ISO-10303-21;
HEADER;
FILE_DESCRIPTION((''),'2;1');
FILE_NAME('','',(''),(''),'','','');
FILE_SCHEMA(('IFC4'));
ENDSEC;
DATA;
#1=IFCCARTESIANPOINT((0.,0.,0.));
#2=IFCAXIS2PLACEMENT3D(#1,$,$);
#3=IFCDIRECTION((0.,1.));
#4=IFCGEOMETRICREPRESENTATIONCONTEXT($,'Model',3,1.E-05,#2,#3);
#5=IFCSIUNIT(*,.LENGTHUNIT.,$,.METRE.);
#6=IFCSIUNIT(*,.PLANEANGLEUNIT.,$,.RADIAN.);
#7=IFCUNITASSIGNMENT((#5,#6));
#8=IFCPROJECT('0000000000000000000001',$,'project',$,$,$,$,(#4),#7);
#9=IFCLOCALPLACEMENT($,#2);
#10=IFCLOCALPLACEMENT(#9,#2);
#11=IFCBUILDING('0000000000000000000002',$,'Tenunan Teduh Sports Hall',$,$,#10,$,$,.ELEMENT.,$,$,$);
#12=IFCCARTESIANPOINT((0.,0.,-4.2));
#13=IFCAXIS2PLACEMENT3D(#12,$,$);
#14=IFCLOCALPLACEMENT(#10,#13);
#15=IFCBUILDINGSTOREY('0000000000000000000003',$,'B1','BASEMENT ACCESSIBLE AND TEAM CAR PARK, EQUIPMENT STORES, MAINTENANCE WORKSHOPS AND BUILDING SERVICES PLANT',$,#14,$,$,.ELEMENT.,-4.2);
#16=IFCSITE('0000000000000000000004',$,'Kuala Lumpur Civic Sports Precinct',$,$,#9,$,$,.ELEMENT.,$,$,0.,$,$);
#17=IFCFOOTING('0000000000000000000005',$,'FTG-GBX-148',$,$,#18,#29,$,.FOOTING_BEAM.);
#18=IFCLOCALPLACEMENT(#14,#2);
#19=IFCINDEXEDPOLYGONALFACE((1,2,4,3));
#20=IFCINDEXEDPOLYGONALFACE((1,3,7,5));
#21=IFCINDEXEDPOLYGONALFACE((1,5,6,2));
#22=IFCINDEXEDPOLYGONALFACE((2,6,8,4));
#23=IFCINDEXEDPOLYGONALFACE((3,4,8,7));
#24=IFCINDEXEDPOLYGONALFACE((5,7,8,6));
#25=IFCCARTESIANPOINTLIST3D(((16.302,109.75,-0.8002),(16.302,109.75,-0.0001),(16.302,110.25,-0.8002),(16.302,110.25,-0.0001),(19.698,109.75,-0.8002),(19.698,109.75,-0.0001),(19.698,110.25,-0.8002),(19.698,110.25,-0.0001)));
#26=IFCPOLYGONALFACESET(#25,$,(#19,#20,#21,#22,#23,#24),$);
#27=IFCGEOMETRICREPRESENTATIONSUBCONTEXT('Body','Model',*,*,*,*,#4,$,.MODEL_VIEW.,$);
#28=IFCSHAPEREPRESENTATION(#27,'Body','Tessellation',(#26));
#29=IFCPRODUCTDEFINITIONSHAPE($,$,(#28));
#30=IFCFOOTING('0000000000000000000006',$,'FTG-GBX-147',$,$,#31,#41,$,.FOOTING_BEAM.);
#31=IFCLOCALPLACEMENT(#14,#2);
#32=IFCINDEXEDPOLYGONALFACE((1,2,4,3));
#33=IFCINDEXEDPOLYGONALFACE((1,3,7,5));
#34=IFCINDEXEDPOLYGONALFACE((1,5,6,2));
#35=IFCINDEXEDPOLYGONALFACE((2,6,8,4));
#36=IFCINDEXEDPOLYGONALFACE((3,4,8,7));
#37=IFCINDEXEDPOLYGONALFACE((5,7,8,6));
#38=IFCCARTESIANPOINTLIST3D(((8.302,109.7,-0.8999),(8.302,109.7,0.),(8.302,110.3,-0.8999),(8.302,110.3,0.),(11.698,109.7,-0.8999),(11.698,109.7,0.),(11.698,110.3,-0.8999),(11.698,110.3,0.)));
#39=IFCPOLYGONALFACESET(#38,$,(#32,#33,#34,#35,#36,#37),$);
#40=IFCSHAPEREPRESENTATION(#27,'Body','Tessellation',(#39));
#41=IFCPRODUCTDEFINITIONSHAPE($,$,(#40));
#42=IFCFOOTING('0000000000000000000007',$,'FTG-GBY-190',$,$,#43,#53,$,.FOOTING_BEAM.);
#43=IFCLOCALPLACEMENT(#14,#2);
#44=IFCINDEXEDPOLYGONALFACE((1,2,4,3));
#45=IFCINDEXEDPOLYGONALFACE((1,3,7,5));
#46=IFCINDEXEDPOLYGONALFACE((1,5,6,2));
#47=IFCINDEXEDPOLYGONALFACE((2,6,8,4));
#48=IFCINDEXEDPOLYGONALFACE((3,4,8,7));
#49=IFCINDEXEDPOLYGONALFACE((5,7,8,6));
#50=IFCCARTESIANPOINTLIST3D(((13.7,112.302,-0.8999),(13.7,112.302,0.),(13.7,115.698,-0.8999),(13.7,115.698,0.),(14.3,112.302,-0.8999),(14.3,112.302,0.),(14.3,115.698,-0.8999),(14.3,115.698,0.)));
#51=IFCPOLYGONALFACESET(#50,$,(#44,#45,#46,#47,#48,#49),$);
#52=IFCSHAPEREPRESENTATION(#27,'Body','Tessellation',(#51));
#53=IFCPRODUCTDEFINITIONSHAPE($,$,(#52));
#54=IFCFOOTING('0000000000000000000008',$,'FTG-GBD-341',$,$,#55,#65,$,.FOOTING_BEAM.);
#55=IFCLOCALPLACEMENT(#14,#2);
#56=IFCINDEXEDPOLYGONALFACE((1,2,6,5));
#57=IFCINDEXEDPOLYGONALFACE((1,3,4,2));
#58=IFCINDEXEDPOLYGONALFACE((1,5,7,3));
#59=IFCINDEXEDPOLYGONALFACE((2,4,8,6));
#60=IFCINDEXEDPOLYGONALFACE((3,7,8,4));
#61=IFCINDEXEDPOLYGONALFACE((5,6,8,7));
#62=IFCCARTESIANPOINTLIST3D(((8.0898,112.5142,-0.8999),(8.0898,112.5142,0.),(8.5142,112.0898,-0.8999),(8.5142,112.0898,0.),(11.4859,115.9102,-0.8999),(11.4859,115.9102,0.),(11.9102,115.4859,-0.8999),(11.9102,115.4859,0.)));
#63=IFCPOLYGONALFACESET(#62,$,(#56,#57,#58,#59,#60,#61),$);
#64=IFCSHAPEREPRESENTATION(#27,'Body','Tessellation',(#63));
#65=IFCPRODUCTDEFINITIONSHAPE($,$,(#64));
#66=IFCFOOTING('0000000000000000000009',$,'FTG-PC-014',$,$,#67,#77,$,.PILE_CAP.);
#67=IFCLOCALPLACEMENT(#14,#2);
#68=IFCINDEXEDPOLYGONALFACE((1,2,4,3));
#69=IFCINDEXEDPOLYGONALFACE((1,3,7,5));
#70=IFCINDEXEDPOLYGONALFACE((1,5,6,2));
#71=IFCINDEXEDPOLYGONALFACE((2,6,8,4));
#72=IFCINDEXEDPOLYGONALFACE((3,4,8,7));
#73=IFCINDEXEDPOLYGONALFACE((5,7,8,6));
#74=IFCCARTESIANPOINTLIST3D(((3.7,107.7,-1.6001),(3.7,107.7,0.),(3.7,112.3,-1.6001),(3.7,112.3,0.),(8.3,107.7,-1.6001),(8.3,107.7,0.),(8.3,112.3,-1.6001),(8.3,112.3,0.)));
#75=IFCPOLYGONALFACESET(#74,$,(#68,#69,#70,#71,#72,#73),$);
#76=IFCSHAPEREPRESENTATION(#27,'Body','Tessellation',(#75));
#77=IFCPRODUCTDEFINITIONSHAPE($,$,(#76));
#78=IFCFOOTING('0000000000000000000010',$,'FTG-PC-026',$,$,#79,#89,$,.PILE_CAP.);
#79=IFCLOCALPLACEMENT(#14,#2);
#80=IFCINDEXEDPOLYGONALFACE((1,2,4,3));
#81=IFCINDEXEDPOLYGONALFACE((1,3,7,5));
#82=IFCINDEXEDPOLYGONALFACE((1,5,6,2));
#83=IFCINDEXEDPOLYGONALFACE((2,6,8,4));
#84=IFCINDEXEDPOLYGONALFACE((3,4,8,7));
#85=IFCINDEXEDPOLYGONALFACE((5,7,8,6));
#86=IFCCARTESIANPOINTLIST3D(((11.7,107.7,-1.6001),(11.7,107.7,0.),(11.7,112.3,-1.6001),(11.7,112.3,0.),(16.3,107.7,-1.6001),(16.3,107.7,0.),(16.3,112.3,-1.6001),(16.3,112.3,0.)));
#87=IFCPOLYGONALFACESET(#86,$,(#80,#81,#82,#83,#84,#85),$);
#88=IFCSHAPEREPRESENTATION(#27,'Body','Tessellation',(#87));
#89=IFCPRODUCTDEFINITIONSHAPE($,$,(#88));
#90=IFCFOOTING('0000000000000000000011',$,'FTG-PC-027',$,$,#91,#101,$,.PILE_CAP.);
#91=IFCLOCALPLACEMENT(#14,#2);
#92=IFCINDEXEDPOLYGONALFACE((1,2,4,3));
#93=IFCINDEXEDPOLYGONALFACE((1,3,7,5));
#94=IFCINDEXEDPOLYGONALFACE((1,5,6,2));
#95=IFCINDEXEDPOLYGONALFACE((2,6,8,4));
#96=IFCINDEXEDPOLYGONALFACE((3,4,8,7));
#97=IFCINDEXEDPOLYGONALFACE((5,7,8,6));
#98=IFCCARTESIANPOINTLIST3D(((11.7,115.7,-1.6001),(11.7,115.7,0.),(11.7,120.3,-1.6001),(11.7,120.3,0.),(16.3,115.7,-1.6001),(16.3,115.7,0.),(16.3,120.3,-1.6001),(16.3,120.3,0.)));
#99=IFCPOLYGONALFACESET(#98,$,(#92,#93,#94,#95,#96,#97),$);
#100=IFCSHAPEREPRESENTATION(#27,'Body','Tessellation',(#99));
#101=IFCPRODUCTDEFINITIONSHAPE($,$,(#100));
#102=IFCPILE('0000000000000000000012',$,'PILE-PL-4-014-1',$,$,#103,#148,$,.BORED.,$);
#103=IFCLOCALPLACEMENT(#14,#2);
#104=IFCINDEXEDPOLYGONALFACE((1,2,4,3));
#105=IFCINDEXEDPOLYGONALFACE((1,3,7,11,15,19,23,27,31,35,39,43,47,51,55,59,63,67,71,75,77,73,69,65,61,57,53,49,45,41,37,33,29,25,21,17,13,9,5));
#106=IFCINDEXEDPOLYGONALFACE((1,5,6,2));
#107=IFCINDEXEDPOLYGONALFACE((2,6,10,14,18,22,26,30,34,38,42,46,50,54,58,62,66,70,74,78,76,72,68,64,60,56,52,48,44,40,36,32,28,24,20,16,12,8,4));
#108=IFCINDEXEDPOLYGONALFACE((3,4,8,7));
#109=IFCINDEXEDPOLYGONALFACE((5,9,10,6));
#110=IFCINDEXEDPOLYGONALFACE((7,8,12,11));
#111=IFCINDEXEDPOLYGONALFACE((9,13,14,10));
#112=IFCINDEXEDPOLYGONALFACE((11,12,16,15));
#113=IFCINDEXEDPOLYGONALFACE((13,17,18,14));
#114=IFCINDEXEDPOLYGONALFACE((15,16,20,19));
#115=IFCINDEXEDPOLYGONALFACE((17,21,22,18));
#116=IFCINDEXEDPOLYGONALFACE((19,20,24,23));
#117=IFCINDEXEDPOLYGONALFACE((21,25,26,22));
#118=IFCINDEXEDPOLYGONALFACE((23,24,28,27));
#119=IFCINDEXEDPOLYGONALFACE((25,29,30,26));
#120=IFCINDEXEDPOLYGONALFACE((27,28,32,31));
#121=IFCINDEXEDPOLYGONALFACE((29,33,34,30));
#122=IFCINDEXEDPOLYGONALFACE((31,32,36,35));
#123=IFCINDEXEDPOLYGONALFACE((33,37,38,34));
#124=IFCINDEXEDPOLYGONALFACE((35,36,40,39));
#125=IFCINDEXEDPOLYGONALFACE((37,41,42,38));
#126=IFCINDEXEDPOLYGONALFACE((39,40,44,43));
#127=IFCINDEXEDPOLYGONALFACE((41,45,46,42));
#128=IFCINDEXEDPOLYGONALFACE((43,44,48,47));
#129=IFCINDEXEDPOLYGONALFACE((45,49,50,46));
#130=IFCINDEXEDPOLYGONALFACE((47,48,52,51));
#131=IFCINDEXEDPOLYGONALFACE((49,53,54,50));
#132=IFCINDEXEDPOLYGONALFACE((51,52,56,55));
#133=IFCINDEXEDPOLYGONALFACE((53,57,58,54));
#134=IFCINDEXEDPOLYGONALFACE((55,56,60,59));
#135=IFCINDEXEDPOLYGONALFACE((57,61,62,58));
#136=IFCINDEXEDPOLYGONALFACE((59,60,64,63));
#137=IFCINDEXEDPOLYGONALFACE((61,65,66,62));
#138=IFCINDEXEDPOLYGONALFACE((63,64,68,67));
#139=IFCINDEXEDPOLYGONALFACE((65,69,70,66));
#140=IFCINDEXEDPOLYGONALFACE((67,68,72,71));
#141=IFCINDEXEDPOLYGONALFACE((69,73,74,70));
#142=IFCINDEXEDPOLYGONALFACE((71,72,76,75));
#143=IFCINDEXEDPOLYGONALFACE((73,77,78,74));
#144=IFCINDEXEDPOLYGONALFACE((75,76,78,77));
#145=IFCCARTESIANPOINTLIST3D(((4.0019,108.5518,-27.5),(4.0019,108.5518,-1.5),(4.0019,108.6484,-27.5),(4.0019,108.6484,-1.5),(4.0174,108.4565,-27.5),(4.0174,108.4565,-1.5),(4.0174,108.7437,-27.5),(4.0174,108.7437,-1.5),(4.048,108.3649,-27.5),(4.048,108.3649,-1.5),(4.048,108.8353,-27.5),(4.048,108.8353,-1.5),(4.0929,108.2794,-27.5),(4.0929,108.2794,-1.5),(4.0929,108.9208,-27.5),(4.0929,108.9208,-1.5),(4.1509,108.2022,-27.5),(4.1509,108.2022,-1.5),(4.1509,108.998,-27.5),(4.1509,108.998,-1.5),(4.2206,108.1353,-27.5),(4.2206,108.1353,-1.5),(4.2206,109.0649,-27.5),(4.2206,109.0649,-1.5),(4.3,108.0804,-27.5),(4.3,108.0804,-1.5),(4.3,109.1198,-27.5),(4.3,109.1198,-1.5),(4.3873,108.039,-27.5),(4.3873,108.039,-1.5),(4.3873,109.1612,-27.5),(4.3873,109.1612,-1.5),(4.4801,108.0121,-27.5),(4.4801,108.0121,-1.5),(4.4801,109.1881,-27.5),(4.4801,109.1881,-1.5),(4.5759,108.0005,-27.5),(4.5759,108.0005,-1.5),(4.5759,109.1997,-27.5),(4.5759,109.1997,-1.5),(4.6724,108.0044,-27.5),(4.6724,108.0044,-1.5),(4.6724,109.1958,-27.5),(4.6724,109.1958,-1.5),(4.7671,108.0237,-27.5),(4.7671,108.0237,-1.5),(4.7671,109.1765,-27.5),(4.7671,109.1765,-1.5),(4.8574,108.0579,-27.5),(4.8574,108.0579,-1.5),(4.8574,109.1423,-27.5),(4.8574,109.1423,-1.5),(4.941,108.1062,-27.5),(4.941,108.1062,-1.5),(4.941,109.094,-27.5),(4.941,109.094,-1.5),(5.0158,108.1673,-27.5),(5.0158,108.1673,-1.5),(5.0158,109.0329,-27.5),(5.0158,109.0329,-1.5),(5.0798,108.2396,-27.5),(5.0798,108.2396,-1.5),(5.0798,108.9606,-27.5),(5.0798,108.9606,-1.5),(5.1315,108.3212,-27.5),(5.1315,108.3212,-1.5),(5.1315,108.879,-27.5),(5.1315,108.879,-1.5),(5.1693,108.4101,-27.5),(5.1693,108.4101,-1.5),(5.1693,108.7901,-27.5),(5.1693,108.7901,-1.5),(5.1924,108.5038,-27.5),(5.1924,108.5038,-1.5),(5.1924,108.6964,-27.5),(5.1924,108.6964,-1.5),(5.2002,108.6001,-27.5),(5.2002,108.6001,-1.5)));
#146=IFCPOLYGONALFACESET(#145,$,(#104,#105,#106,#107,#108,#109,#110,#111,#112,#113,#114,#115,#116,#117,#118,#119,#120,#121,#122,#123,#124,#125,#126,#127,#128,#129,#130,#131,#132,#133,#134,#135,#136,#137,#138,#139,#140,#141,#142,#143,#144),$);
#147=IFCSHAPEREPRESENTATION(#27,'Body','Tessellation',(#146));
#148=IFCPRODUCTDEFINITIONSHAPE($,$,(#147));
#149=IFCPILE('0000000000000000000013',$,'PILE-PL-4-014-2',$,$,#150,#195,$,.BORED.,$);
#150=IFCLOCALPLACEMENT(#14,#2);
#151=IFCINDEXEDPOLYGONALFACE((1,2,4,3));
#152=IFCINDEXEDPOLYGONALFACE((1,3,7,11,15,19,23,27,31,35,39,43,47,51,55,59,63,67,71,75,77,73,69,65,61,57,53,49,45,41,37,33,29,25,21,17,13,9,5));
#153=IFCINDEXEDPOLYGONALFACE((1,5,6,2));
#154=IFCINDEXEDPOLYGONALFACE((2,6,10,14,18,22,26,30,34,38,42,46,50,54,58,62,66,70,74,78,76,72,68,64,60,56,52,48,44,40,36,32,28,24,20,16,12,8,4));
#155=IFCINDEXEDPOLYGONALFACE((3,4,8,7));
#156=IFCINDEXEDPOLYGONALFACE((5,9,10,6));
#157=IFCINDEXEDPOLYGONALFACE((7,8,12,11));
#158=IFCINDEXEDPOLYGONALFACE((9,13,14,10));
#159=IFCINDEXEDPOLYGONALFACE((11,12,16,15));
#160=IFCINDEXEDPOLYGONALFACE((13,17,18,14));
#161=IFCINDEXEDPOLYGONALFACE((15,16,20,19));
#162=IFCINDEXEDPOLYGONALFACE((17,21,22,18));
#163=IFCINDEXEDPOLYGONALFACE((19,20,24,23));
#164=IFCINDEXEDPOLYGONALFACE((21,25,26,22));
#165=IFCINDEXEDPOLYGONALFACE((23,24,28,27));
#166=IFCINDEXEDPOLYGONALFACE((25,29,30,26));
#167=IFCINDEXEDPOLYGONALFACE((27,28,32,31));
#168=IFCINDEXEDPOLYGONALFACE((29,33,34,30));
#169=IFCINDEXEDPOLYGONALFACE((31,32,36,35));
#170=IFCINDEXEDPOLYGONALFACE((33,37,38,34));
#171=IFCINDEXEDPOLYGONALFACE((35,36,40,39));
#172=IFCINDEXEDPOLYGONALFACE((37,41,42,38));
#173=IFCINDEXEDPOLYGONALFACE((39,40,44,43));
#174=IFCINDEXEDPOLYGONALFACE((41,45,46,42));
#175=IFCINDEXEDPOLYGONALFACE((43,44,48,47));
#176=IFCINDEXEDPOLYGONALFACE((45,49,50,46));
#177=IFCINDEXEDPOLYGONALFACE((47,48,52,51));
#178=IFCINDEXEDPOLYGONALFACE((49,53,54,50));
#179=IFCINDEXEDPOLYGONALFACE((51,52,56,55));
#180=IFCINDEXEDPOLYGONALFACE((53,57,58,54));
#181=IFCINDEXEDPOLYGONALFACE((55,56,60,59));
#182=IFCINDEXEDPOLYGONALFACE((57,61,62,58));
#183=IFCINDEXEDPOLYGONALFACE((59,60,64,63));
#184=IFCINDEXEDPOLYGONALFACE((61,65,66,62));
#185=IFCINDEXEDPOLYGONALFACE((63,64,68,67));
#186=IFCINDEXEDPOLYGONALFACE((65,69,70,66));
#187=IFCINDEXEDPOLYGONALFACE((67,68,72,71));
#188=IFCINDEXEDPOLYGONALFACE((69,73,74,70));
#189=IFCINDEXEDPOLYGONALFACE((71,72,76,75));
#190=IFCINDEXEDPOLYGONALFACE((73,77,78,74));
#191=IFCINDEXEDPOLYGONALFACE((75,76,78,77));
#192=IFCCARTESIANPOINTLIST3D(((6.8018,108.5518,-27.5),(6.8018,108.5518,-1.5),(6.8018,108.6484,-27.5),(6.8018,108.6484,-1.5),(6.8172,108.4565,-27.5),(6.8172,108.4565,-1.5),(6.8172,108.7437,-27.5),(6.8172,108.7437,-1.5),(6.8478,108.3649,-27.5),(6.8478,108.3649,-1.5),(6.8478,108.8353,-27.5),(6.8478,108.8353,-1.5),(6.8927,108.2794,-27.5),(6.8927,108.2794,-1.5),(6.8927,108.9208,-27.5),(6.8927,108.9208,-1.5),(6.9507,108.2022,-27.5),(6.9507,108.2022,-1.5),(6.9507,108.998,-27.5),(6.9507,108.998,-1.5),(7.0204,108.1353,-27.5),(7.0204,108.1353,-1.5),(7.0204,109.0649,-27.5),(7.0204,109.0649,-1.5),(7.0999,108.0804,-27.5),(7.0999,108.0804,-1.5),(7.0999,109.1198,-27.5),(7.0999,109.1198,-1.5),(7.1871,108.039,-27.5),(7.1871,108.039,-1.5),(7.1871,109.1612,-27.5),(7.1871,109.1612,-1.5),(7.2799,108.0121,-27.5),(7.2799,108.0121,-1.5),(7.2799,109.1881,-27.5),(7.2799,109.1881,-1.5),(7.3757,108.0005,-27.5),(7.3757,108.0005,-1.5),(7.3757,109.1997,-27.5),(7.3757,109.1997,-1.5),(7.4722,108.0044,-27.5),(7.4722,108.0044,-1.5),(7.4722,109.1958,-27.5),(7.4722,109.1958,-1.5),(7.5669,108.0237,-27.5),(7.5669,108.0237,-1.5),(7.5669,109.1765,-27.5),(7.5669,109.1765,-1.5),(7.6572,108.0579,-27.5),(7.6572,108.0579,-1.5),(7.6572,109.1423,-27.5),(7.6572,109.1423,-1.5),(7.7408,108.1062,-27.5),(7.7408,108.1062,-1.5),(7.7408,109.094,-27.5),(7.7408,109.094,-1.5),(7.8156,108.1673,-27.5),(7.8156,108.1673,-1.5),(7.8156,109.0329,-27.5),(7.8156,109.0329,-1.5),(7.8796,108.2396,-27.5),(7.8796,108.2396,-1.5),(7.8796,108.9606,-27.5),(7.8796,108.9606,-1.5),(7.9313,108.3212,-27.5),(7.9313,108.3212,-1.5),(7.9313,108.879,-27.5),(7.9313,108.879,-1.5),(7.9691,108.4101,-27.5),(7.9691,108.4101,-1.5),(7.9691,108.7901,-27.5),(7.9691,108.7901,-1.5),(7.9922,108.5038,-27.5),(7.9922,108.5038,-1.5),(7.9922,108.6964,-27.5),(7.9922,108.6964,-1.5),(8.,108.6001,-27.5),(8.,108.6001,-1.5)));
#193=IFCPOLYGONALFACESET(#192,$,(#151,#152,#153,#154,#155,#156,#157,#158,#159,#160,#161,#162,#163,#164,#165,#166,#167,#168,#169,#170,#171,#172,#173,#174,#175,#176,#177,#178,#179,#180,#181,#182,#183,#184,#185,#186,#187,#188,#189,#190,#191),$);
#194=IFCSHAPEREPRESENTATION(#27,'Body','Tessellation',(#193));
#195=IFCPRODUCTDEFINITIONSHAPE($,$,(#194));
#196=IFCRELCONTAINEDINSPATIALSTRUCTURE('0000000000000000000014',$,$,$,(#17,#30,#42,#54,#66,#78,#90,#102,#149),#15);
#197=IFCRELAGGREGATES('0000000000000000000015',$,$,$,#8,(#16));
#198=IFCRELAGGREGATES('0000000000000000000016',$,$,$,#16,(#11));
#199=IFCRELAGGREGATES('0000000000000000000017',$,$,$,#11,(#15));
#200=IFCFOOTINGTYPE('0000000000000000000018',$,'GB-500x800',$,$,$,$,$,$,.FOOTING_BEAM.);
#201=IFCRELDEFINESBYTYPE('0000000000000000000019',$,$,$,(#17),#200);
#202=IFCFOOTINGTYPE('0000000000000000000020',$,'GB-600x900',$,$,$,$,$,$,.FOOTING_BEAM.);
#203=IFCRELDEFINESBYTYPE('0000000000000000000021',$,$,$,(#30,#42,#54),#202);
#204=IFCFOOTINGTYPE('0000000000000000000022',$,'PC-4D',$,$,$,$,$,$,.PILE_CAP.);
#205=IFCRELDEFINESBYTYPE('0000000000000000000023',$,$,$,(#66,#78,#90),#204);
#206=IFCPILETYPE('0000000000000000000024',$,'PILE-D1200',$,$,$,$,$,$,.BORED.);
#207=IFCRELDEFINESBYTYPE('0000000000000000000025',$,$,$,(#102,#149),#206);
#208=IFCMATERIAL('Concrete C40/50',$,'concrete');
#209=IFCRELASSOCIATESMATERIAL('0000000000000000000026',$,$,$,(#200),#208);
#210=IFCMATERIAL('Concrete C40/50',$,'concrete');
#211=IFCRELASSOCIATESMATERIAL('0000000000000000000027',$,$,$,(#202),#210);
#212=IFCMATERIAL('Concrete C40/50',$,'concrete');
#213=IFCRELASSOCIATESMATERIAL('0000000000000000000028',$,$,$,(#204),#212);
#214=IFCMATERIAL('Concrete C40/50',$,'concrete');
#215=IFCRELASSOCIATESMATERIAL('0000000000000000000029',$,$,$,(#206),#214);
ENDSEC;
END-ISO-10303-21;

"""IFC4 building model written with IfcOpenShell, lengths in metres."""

from ifc_helpers import new_model, si_unit, direction, frame, origin, origin_2d, place, context, subcontext, project, spatial, rectangle, circle, extrude, material, material_profile, profile_set, type_object, element, save


model = new_model("IFC4")

# Units and contexts
model_context = context("Model", 3, precision=1e-05, world=origin(), true_north=direction((0.0, 1.0)))
body_context = subcontext(model_context, "Body", "Model", "MODEL_VIEW")
ifc_project = project(units=[si_unit("LENGTHUNIT", "METRE"), si_unit("PLANEANGLEUNIT", "RADIAN")], contexts=[model_context])

# Site, building, storey
site_placement = place(None, origin())
site = spatial("IfcSite", under=ifc_project, at=site_placement, Name="Kuala Lumpur Civic Sports Precinct", CompositionType="ELEMENT", RefElevation=0.0)
building_placement = place(site_placement, origin())
building = spatial("IfcBuilding", under=site, at=building_placement, Name="Tenunan Teduh Sports Hall", CompositionType="ELEMENT")
storey_placement = place(building_placement, frame((0.0, 0.0, -4.2)))
storey = spatial("IfcBuildingStorey", under=building, at=storey_placement, Name="B1", Description="BASEMENT ACCESSIBLE AND TEAM CAR PARK, EQUIPMENT STORES, MAINTENANCE WORKSHOPS AND BUILDING SERVICES PLANT", CompositionType="ELEMENT", Elevation=-4.2)

# Footings
ifc_material_1 = material(Name="Concrete C40/50", Category="concrete")
ifc_material_profile_1 = material_profile(ifc_material_1, rectangle(XDim=0.5, YDim=0.8, at=origin_2d()), Name="RCB 500x800")
ifc_profile_set_1 = profile_set([ifc_material_profile_1], Name="Concrete C40/50")
footing_type_1 = type_object("IfcFootingType", Name="GB-500x800", PredefinedType="FOOTING_BEAM", material=ifc_profile_set_1)
footing_1_placement = place(storey_placement, frame((16.302, 110.0, -0.4001), z_axis=(1.0, 0.0, 0.0), x_axis=(0.0, 1.0, 0.0)))
element("IfcFooting", 1, at=footing_1_placement, inside=storey, type_object=footing_type_1, Name="FTG-GBX-148", PredefinedType="FOOTING_BEAM", context=body_context, shape_type="SweptSolid", body=[
    extrude(rectangle(XDim=0.5, YDim=0.8, at=origin_2d()), origin(), (0.0, 0.0, 1.0), 3.396),
])
ifc_material_2 = material(Name="Concrete C40/50", Category="concrete")
ifc_material_profile_2 = material_profile(ifc_material_2, rectangle(XDim=0.6001, YDim=0.8999, at=origin_2d()), Name="RCB 600x900")
ifc_profile_set_2 = profile_set([ifc_material_profile_2], Name="Concrete C40/50")
footing_type_2 = type_object("IfcFootingType", Name="GB-600x900", PredefinedType="FOOTING_BEAM", material=ifc_profile_set_2)
for number, where, z_axis, x_axis, name in (
    (2, (8.302, 110.0, -0.45), (1.0, 0.0, 0.0), (0.0, 1.0, 0.0), "FTG-GBX-147"),
    (3, (14.0, 112.302, -0.45), (0.0, 1.0, 0.0), (-1.0, 0.0, 0.0), "FTG-GBY-190"),
):
    element("IfcFooting", number, at=place(storey_placement, frame(where, z_axis=z_axis, x_axis=x_axis)), inside=storey, type_object=footing_type_2, Name=name, PredefinedType="FOOTING_BEAM", context=body_context, shape_type="SweptSolid", body=[
        extrude(rectangle(XDim=0.6001, YDim=0.8999, at=origin_2d()), origin(), (0.0, 0.0, 1.0), 3.396),
    ])
footing_2_placement = place(storey_placement, frame((8.302, 112.302, -0.45), z_axis=(0.707107, 0.707107, 0.0), x_axis=(-0.707107, 0.707107, 0.0)))
element("IfcFooting", 4, at=footing_2_placement, inside=storey, type_object=footing_type_2, Name="FTG-GBD-341", PredefinedType="FOOTING_BEAM", context=body_context, shape_type="SweptSolid", body=[
    extrude(rectangle(XDim=0.6001, YDim=0.8999, at=origin_2d()), origin(), (0.0, 0.0, 1.0), 4.8027),
])
ifc_material_3 = material(Name="Concrete C40/50", Category="concrete")
footing_type_3 = type_object("IfcFootingType", Name="PC-4D", PredefinedType="PILE_CAP", material=ifc_material_3)
for number, where, z_axis, x_axis, name in (
    (5, (6.0, 110.0, -1.6001), (0.0, 0.0, 1.0), (1.0, 0.0, 0.0), "FTG-PC-014"),
    (6, (14.0, 110.0, -1.6001), (0.0, 0.0, 1.0), (1.0, 0.0, 0.0), "FTG-PC-026"),
    (7, (14.0, 118.0, -1.6001), (0.0, 0.0, 1.0), (1.0, 0.0, 0.0), "FTG-PC-027"),
):
    element("IfcFooting", number, at=place(storey_placement, frame(where, z_axis=z_axis, x_axis=x_axis)), inside=storey, type_object=footing_type_3, Name=name, PredefinedType="PILE_CAP", context=body_context, shape_type="SweptSolid", body=[
        extrude(rectangle(XDim=4.6001, YDim=4.6001, at=origin_2d()), origin(), (0.0, 0.0, 1.0), 1.6001),
    ])

# Piles
ifc_material_4 = material(Name="Concrete C40/50", Category="concrete")
ifc_material_profile_3 = material_profile(ifc_material_4, circle(Radius=0.6001, at=origin_2d()), Name="PILE D1200")
ifc_profile_set_3 = profile_set([ifc_material_profile_3], Name="Concrete C40/50")
pile_type = type_object("IfcPileType", Name="PILE-D1200", PredefinedType="BORED", material=ifc_profile_set_3)
for number, where, z_axis, x_axis, name in (
    (8, (4.6001, 108.6001, -1.5), (0.0, 0.0, -1.0), (1.0, 0.0, 0.0), "PILE-PL-4-014-1"),
    (9, (7.3999, 108.6001, -1.5), (0.0, 0.0, -1.0), (1.0, 0.0, 0.0), "PILE-PL-4-014-2"),
):
    element("IfcPile", number, at=place(storey_placement, frame(where, z_axis=z_axis, x_axis=x_axis)), inside=storey, type_object=pile_type, Name=name, PredefinedType="BORED", context=body_context, shape_type="SweptSolid", body=[
        extrude(circle(Radius=0.6001, at=origin_2d()), origin(), (0.0, 0.0, 1.0), 26.0),
    ])

save(model, "model.ifc")
